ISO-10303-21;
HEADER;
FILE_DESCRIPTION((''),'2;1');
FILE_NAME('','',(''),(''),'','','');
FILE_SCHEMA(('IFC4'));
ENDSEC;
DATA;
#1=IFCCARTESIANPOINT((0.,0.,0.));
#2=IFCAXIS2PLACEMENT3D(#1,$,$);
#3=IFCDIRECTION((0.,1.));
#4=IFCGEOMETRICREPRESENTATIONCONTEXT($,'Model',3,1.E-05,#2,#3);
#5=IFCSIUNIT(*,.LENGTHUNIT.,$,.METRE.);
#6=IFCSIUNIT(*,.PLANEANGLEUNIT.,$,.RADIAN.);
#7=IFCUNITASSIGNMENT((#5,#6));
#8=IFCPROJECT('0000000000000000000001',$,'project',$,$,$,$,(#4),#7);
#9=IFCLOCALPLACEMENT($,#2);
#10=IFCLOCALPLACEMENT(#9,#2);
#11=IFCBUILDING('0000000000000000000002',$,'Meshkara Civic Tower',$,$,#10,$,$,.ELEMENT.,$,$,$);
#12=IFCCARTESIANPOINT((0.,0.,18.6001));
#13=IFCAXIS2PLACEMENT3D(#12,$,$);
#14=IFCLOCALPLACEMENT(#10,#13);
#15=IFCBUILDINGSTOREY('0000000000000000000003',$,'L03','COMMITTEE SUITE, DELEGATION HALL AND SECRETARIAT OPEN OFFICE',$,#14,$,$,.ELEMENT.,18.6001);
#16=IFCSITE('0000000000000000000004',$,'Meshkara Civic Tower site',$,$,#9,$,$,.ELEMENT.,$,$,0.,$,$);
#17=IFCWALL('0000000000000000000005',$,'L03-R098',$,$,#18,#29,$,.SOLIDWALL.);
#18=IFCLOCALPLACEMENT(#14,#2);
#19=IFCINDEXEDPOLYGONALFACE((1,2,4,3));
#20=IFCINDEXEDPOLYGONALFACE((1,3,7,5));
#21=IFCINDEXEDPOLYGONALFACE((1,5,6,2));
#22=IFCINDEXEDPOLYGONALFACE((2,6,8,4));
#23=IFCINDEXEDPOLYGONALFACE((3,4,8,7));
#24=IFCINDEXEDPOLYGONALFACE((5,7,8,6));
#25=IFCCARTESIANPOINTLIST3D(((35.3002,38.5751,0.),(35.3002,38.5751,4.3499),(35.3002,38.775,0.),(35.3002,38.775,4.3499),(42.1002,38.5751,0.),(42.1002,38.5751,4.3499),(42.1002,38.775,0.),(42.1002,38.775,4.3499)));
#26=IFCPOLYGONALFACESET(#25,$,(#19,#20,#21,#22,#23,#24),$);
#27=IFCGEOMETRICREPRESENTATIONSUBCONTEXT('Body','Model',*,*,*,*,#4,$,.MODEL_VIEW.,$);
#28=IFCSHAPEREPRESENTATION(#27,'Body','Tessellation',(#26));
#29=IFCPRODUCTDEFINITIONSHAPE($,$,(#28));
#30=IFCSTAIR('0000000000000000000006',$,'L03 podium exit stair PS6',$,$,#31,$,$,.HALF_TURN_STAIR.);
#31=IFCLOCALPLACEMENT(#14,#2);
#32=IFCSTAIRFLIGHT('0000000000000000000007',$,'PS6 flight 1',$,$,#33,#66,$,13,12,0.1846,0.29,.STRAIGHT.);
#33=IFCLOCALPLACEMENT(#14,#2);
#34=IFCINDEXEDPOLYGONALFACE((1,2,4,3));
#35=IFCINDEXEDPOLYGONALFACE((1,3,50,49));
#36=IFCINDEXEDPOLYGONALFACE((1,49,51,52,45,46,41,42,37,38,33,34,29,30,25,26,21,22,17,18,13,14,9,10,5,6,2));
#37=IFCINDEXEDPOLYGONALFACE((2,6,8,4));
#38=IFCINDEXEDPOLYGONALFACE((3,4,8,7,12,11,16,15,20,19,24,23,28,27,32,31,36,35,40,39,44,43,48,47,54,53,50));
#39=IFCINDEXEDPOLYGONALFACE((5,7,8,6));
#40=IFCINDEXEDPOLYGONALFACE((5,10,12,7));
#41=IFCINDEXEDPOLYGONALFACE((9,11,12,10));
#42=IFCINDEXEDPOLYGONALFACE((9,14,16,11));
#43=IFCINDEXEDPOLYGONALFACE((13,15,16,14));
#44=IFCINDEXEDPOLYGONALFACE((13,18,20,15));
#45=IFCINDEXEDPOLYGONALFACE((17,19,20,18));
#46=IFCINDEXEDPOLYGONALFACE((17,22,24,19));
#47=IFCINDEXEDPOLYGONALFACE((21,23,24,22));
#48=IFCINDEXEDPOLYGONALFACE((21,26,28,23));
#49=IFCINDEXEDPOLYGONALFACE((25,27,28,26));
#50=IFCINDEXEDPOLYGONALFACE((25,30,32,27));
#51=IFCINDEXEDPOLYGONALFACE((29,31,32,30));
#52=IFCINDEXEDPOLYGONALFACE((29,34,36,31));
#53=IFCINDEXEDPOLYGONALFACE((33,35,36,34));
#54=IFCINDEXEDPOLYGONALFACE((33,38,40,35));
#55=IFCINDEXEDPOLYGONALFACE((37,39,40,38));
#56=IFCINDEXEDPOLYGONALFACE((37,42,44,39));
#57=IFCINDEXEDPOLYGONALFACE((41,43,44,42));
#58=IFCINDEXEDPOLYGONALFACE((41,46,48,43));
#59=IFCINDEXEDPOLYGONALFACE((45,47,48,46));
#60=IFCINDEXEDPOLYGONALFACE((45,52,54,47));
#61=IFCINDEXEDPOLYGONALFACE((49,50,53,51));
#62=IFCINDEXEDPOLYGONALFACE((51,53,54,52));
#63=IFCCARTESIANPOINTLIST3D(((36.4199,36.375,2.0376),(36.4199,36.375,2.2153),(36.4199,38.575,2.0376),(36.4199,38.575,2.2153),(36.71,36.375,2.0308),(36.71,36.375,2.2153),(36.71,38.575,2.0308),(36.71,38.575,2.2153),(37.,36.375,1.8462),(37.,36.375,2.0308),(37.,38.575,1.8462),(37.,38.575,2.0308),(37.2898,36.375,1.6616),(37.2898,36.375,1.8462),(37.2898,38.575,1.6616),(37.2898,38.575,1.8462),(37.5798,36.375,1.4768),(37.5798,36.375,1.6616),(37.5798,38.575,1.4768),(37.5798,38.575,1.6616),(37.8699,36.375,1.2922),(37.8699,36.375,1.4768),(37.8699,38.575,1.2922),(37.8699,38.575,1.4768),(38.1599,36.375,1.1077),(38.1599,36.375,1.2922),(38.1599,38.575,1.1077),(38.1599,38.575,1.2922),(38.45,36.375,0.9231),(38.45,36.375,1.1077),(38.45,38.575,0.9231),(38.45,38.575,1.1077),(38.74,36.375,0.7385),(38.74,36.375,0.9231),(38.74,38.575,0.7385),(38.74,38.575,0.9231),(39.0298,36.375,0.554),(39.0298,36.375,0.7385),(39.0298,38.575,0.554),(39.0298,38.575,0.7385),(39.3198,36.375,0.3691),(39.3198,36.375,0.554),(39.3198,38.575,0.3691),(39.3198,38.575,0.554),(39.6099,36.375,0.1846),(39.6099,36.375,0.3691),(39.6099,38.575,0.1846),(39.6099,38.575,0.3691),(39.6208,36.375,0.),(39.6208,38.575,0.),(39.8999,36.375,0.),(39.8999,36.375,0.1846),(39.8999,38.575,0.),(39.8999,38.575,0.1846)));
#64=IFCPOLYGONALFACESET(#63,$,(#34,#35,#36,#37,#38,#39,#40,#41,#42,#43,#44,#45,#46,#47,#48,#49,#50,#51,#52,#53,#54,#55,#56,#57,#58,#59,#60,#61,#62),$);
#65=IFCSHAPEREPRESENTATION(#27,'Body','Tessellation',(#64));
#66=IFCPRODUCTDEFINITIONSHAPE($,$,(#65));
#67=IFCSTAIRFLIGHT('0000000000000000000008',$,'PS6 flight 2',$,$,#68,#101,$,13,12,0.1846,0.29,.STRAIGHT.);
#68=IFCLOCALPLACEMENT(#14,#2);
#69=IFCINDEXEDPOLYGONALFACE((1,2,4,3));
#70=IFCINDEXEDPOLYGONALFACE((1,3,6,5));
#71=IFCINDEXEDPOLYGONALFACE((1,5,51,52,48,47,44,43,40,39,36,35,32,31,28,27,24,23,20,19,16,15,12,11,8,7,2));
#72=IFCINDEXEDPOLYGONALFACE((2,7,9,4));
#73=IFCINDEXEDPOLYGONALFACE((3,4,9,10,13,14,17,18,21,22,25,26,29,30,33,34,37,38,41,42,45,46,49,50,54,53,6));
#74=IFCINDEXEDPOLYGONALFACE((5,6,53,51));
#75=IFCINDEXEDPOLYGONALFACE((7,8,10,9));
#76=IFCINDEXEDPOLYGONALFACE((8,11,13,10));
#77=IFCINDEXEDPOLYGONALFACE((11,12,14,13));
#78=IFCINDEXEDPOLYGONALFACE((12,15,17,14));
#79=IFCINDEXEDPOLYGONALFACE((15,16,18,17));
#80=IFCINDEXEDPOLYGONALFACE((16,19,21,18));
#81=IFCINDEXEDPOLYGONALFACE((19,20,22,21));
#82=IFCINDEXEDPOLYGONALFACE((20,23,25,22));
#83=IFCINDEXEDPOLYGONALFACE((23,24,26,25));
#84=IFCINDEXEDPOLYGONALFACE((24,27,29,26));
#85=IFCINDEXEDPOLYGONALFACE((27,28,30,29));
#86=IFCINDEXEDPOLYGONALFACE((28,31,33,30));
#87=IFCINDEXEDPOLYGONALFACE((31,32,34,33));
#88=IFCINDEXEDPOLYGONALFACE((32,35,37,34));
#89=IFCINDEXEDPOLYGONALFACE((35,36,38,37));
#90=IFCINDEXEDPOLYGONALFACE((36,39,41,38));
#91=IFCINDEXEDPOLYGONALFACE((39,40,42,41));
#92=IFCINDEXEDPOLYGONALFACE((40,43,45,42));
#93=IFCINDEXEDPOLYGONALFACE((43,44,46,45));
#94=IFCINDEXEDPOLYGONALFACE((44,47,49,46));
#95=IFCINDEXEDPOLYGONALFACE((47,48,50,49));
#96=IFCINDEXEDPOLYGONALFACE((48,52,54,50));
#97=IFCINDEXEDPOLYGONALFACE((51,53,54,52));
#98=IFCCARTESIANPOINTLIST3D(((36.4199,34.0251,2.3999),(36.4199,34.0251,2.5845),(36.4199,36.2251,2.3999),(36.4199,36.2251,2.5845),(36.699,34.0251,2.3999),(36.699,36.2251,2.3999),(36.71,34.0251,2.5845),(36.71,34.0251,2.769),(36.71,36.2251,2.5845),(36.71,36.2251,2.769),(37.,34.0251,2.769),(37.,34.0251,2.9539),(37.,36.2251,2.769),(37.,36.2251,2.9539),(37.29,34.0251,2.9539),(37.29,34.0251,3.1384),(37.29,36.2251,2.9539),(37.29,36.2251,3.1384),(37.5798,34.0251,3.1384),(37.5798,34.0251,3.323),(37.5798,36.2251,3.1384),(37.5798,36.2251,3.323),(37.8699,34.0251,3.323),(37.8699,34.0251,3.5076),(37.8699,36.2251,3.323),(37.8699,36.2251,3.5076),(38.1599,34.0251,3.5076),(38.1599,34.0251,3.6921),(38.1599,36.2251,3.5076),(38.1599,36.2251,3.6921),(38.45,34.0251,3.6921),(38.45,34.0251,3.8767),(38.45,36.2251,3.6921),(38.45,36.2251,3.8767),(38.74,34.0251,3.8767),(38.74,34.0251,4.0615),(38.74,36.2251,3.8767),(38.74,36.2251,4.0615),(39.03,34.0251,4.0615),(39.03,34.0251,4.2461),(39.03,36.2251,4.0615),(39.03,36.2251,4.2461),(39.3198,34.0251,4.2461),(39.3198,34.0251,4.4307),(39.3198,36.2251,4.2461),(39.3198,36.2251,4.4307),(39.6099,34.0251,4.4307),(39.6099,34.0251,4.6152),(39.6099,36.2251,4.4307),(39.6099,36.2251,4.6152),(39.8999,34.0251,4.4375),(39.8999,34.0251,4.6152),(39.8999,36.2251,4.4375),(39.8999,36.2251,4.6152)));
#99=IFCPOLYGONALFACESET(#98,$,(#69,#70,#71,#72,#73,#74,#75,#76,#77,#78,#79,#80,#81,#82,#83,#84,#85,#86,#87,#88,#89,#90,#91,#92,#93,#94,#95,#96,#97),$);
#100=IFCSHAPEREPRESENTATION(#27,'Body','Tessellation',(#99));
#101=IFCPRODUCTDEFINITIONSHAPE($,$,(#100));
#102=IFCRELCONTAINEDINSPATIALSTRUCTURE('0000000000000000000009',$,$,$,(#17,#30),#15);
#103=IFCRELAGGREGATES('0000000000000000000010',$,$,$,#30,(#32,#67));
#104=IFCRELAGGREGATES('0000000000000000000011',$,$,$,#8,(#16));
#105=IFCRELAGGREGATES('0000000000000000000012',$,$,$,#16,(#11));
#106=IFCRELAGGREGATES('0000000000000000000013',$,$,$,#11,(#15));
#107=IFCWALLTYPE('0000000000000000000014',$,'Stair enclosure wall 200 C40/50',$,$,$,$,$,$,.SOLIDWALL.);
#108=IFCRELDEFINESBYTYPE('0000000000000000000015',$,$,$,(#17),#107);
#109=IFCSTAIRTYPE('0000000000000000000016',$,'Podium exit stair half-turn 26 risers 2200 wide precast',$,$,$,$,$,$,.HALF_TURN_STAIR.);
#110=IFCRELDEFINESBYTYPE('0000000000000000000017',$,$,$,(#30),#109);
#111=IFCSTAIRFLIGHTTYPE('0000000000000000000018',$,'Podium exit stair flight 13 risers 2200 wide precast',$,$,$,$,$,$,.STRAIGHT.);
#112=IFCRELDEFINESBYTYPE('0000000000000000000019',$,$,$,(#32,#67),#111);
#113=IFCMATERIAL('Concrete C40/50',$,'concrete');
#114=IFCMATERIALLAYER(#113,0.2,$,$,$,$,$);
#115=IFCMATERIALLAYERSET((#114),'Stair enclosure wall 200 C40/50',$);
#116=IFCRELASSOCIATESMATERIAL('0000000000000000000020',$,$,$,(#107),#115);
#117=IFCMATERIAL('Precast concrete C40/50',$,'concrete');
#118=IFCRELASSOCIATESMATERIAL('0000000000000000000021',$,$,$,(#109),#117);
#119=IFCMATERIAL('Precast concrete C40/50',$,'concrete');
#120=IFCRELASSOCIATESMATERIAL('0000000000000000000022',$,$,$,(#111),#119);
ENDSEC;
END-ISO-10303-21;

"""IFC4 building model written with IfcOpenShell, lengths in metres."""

from ifc_helpers import new_model, si_unit, direction, frame, frame_2d, origin, place, context, subcontext, project, spatial, polyline, rectangle, outline, extrude, material, layer, layer_set, type_object, element, aggregate, save


model = new_model("IFC4")

# Units and contexts
model_context = context("Model", 3, precision=1e-05, world=origin(), true_north=direction((0.0, 1.0)))
body_context = subcontext(model_context, "Body", "Model", "MODEL_VIEW")
ifc_project = project(units=[si_unit("LENGTHUNIT", "METRE"), si_unit("PLANEANGLEUNIT", "RADIAN")], contexts=[model_context])

# Site, building, storey
site_placement = place(None, origin())
site = spatial("IfcSite", under=ifc_project, at=site_placement, Name="Meshkara Civic Tower site", CompositionType="ELEMENT", RefElevation=0.0)
building_placement = place(site_placement, origin())
building = spatial("IfcBuilding", under=site, at=building_placement, Name="Meshkara Civic Tower", CompositionType="ELEMENT")
storey_placement = place(building_placement, frame((0.0, 0.0, 18.6001)))
storey = spatial("IfcBuildingStorey", under=building, at=storey_placement, Name="L03", Description="COMMITTEE SUITE, DELEGATION HALL AND SECRETARIAT OPEN OFFICE", CompositionType="ELEMENT", Elevation=18.6001)

# Wall
ifc_material_1 = material(Name="Concrete C40/50", Category="concrete")
ifc_layer_1 = layer(ifc_material_1, 0.2)
ifc_layer_set_1 = layer_set([ifc_layer_1], Name="Stair enclosure wall 200 C40/50")
wall_type_1 = type_object("IfcWallType", Name="Stair enclosure wall 200 C40/50", PredefinedType="SOLIDWALL", material=ifc_layer_set_1)
wall_1_placement = place(storey_placement, frame((42.1001, 38.675, 0.0), z_axis=(0.0, 0.0, 1.0), x_axis=(-1.0, 0.0, 0.0)))
element("IfcWall", 1, at=wall_1_placement, inside=storey, type_object=wall_type_1, Name="L03-R098", PredefinedType="SOLIDWALL", context=body_context, shape_type="SweptSolid", body=[
    extrude(rectangle(XDim=6.8, YDim=0.2, at=frame_2d((3.3999, 0.0))), origin(), (0.0, 0.0, 1.0), 4.3499),
])

# Stair, stair flights
ifc_material_2 = material(Name="Precast concrete C40/50", Category="concrete")
stair_type = type_object("IfcStairType", Name="Podium exit stair half-turn 26 risers 2200 wide precast", PredefinedType="HALF_TURN_STAIR", material=ifc_material_2)
stair_placement = place(storey_placement, origin())
stair = element("IfcStair", 2, at=stair_placement, inside=storey, type_object=stair_type, Name="L03 podium exit stair PS6", PredefinedType="HALF_TURN_STAIR")
ifc_material_3 = material(Name="Precast concrete C40/50", Category="concrete")
stair_flight_type = type_object("IfcStairFlightType", Name="Podium exit stair flight 13 risers 2200 wide precast", PredefinedType="STRAIGHT", material=ifc_material_3)
stair_flight_1_placement = place(storey_placement, frame((39.8999, 37.4751, 0.0), z_axis=(0.0, 0.0, 1.0), x_axis=(-1.0, 0.0, 0.0)))
stair_flight_1 = element("IfcStairFlight", 3, at=stair_flight_1_placement, type_object=stair_flight_type, Name="PS6 flight 1", NumberOfRisers=13, NumberOfTreads=12, PredefinedType="STRAIGHT", RiserHeight=0.1846, TreadLength=0.29, context=body_context, shape_type="SweptSolid", body=[
    extrude(outline(polyline([(0.0, 0.0), (0.0, 0.1846), (0.29, 0.1846), (0.29, 0.3691), (0.5801, 0.3691), (0.5801, 0.554), (0.8701, 0.554), (0.8701, 0.7385), (1.1599, 0.7385), (1.1599, 0.9231), (1.45, 0.9231), (1.45, 1.1077), (1.74, 1.1077), (1.74, 1.2922), (2.03, 1.2922), (2.03, 1.4768), (2.3201, 1.4768), (2.3201, 1.6616), (2.6101, 1.6616), (2.6101, 1.8462), (2.8999, 1.8462), (2.8999, 2.0308), (3.1899, 2.0308), (3.1899, 2.2153), (3.48, 2.2153), (3.48, 2.3999), (3.48, 2.0376), (0.2791, 0.0), (0.0, 0.0)])), frame((0.0, 1.1001, 0.0), z_axis=(0.0, -1.0, 0.0), x_axis=(1.0, 0.0, 0.0)), (0.0, 0.0, 1.0), 2.2),
])
stair_flight_2_placement = place(storey_placement, frame((36.4199, 35.125, 2.3999), z_axis=(0.0, 0.0, 1.0), x_axis=(1.0, 0.0, 0.0)))
stair_flight_2 = element("IfcStairFlight", 4, at=stair_flight_2_placement, type_object=stair_flight_type, Name="PS6 flight 2", NumberOfRisers=13, NumberOfTreads=12, PredefinedType="STRAIGHT", RiserHeight=0.1846, TreadLength=0.29, context=body_context, shape_type="SweptSolid", body=[
    extrude(outline(polyline([(0.0, 0.0), (0.0, 0.1846), (0.29, 0.1846), (0.29, 0.3691), (0.5801, 0.3691), (0.5801, 0.554), (0.8701, 0.554), (0.8701, 0.7385), (1.1599, 0.7385), (1.1599, 0.9231), (1.45, 0.9231), (1.45, 1.1077), (1.74, 1.1077), (1.74, 1.2922), (2.03, 1.2922), (2.03, 1.4768), (2.3201, 1.4768), (2.3201, 1.6616), (2.6101, 1.6616), (2.6101, 1.8462), (2.8999, 1.8462), (2.8999, 2.0308), (3.1899, 2.0308), (3.1899, 2.2153), (3.48, 2.2153), (3.48, 2.3999), (3.48, 2.0376), (0.2791, 0.0), (0.0, 0.0)])), frame((0.0, 1.1001, 0.0), z_axis=(0.0, -1.0, 0.0), x_axis=(1.0, 0.0, 0.0)), (0.0, 0.0, 1.0), 2.2),
])
aggregate(stair, [stair_flight_1, stair_flight_2])

save(model, "model.ifc")
